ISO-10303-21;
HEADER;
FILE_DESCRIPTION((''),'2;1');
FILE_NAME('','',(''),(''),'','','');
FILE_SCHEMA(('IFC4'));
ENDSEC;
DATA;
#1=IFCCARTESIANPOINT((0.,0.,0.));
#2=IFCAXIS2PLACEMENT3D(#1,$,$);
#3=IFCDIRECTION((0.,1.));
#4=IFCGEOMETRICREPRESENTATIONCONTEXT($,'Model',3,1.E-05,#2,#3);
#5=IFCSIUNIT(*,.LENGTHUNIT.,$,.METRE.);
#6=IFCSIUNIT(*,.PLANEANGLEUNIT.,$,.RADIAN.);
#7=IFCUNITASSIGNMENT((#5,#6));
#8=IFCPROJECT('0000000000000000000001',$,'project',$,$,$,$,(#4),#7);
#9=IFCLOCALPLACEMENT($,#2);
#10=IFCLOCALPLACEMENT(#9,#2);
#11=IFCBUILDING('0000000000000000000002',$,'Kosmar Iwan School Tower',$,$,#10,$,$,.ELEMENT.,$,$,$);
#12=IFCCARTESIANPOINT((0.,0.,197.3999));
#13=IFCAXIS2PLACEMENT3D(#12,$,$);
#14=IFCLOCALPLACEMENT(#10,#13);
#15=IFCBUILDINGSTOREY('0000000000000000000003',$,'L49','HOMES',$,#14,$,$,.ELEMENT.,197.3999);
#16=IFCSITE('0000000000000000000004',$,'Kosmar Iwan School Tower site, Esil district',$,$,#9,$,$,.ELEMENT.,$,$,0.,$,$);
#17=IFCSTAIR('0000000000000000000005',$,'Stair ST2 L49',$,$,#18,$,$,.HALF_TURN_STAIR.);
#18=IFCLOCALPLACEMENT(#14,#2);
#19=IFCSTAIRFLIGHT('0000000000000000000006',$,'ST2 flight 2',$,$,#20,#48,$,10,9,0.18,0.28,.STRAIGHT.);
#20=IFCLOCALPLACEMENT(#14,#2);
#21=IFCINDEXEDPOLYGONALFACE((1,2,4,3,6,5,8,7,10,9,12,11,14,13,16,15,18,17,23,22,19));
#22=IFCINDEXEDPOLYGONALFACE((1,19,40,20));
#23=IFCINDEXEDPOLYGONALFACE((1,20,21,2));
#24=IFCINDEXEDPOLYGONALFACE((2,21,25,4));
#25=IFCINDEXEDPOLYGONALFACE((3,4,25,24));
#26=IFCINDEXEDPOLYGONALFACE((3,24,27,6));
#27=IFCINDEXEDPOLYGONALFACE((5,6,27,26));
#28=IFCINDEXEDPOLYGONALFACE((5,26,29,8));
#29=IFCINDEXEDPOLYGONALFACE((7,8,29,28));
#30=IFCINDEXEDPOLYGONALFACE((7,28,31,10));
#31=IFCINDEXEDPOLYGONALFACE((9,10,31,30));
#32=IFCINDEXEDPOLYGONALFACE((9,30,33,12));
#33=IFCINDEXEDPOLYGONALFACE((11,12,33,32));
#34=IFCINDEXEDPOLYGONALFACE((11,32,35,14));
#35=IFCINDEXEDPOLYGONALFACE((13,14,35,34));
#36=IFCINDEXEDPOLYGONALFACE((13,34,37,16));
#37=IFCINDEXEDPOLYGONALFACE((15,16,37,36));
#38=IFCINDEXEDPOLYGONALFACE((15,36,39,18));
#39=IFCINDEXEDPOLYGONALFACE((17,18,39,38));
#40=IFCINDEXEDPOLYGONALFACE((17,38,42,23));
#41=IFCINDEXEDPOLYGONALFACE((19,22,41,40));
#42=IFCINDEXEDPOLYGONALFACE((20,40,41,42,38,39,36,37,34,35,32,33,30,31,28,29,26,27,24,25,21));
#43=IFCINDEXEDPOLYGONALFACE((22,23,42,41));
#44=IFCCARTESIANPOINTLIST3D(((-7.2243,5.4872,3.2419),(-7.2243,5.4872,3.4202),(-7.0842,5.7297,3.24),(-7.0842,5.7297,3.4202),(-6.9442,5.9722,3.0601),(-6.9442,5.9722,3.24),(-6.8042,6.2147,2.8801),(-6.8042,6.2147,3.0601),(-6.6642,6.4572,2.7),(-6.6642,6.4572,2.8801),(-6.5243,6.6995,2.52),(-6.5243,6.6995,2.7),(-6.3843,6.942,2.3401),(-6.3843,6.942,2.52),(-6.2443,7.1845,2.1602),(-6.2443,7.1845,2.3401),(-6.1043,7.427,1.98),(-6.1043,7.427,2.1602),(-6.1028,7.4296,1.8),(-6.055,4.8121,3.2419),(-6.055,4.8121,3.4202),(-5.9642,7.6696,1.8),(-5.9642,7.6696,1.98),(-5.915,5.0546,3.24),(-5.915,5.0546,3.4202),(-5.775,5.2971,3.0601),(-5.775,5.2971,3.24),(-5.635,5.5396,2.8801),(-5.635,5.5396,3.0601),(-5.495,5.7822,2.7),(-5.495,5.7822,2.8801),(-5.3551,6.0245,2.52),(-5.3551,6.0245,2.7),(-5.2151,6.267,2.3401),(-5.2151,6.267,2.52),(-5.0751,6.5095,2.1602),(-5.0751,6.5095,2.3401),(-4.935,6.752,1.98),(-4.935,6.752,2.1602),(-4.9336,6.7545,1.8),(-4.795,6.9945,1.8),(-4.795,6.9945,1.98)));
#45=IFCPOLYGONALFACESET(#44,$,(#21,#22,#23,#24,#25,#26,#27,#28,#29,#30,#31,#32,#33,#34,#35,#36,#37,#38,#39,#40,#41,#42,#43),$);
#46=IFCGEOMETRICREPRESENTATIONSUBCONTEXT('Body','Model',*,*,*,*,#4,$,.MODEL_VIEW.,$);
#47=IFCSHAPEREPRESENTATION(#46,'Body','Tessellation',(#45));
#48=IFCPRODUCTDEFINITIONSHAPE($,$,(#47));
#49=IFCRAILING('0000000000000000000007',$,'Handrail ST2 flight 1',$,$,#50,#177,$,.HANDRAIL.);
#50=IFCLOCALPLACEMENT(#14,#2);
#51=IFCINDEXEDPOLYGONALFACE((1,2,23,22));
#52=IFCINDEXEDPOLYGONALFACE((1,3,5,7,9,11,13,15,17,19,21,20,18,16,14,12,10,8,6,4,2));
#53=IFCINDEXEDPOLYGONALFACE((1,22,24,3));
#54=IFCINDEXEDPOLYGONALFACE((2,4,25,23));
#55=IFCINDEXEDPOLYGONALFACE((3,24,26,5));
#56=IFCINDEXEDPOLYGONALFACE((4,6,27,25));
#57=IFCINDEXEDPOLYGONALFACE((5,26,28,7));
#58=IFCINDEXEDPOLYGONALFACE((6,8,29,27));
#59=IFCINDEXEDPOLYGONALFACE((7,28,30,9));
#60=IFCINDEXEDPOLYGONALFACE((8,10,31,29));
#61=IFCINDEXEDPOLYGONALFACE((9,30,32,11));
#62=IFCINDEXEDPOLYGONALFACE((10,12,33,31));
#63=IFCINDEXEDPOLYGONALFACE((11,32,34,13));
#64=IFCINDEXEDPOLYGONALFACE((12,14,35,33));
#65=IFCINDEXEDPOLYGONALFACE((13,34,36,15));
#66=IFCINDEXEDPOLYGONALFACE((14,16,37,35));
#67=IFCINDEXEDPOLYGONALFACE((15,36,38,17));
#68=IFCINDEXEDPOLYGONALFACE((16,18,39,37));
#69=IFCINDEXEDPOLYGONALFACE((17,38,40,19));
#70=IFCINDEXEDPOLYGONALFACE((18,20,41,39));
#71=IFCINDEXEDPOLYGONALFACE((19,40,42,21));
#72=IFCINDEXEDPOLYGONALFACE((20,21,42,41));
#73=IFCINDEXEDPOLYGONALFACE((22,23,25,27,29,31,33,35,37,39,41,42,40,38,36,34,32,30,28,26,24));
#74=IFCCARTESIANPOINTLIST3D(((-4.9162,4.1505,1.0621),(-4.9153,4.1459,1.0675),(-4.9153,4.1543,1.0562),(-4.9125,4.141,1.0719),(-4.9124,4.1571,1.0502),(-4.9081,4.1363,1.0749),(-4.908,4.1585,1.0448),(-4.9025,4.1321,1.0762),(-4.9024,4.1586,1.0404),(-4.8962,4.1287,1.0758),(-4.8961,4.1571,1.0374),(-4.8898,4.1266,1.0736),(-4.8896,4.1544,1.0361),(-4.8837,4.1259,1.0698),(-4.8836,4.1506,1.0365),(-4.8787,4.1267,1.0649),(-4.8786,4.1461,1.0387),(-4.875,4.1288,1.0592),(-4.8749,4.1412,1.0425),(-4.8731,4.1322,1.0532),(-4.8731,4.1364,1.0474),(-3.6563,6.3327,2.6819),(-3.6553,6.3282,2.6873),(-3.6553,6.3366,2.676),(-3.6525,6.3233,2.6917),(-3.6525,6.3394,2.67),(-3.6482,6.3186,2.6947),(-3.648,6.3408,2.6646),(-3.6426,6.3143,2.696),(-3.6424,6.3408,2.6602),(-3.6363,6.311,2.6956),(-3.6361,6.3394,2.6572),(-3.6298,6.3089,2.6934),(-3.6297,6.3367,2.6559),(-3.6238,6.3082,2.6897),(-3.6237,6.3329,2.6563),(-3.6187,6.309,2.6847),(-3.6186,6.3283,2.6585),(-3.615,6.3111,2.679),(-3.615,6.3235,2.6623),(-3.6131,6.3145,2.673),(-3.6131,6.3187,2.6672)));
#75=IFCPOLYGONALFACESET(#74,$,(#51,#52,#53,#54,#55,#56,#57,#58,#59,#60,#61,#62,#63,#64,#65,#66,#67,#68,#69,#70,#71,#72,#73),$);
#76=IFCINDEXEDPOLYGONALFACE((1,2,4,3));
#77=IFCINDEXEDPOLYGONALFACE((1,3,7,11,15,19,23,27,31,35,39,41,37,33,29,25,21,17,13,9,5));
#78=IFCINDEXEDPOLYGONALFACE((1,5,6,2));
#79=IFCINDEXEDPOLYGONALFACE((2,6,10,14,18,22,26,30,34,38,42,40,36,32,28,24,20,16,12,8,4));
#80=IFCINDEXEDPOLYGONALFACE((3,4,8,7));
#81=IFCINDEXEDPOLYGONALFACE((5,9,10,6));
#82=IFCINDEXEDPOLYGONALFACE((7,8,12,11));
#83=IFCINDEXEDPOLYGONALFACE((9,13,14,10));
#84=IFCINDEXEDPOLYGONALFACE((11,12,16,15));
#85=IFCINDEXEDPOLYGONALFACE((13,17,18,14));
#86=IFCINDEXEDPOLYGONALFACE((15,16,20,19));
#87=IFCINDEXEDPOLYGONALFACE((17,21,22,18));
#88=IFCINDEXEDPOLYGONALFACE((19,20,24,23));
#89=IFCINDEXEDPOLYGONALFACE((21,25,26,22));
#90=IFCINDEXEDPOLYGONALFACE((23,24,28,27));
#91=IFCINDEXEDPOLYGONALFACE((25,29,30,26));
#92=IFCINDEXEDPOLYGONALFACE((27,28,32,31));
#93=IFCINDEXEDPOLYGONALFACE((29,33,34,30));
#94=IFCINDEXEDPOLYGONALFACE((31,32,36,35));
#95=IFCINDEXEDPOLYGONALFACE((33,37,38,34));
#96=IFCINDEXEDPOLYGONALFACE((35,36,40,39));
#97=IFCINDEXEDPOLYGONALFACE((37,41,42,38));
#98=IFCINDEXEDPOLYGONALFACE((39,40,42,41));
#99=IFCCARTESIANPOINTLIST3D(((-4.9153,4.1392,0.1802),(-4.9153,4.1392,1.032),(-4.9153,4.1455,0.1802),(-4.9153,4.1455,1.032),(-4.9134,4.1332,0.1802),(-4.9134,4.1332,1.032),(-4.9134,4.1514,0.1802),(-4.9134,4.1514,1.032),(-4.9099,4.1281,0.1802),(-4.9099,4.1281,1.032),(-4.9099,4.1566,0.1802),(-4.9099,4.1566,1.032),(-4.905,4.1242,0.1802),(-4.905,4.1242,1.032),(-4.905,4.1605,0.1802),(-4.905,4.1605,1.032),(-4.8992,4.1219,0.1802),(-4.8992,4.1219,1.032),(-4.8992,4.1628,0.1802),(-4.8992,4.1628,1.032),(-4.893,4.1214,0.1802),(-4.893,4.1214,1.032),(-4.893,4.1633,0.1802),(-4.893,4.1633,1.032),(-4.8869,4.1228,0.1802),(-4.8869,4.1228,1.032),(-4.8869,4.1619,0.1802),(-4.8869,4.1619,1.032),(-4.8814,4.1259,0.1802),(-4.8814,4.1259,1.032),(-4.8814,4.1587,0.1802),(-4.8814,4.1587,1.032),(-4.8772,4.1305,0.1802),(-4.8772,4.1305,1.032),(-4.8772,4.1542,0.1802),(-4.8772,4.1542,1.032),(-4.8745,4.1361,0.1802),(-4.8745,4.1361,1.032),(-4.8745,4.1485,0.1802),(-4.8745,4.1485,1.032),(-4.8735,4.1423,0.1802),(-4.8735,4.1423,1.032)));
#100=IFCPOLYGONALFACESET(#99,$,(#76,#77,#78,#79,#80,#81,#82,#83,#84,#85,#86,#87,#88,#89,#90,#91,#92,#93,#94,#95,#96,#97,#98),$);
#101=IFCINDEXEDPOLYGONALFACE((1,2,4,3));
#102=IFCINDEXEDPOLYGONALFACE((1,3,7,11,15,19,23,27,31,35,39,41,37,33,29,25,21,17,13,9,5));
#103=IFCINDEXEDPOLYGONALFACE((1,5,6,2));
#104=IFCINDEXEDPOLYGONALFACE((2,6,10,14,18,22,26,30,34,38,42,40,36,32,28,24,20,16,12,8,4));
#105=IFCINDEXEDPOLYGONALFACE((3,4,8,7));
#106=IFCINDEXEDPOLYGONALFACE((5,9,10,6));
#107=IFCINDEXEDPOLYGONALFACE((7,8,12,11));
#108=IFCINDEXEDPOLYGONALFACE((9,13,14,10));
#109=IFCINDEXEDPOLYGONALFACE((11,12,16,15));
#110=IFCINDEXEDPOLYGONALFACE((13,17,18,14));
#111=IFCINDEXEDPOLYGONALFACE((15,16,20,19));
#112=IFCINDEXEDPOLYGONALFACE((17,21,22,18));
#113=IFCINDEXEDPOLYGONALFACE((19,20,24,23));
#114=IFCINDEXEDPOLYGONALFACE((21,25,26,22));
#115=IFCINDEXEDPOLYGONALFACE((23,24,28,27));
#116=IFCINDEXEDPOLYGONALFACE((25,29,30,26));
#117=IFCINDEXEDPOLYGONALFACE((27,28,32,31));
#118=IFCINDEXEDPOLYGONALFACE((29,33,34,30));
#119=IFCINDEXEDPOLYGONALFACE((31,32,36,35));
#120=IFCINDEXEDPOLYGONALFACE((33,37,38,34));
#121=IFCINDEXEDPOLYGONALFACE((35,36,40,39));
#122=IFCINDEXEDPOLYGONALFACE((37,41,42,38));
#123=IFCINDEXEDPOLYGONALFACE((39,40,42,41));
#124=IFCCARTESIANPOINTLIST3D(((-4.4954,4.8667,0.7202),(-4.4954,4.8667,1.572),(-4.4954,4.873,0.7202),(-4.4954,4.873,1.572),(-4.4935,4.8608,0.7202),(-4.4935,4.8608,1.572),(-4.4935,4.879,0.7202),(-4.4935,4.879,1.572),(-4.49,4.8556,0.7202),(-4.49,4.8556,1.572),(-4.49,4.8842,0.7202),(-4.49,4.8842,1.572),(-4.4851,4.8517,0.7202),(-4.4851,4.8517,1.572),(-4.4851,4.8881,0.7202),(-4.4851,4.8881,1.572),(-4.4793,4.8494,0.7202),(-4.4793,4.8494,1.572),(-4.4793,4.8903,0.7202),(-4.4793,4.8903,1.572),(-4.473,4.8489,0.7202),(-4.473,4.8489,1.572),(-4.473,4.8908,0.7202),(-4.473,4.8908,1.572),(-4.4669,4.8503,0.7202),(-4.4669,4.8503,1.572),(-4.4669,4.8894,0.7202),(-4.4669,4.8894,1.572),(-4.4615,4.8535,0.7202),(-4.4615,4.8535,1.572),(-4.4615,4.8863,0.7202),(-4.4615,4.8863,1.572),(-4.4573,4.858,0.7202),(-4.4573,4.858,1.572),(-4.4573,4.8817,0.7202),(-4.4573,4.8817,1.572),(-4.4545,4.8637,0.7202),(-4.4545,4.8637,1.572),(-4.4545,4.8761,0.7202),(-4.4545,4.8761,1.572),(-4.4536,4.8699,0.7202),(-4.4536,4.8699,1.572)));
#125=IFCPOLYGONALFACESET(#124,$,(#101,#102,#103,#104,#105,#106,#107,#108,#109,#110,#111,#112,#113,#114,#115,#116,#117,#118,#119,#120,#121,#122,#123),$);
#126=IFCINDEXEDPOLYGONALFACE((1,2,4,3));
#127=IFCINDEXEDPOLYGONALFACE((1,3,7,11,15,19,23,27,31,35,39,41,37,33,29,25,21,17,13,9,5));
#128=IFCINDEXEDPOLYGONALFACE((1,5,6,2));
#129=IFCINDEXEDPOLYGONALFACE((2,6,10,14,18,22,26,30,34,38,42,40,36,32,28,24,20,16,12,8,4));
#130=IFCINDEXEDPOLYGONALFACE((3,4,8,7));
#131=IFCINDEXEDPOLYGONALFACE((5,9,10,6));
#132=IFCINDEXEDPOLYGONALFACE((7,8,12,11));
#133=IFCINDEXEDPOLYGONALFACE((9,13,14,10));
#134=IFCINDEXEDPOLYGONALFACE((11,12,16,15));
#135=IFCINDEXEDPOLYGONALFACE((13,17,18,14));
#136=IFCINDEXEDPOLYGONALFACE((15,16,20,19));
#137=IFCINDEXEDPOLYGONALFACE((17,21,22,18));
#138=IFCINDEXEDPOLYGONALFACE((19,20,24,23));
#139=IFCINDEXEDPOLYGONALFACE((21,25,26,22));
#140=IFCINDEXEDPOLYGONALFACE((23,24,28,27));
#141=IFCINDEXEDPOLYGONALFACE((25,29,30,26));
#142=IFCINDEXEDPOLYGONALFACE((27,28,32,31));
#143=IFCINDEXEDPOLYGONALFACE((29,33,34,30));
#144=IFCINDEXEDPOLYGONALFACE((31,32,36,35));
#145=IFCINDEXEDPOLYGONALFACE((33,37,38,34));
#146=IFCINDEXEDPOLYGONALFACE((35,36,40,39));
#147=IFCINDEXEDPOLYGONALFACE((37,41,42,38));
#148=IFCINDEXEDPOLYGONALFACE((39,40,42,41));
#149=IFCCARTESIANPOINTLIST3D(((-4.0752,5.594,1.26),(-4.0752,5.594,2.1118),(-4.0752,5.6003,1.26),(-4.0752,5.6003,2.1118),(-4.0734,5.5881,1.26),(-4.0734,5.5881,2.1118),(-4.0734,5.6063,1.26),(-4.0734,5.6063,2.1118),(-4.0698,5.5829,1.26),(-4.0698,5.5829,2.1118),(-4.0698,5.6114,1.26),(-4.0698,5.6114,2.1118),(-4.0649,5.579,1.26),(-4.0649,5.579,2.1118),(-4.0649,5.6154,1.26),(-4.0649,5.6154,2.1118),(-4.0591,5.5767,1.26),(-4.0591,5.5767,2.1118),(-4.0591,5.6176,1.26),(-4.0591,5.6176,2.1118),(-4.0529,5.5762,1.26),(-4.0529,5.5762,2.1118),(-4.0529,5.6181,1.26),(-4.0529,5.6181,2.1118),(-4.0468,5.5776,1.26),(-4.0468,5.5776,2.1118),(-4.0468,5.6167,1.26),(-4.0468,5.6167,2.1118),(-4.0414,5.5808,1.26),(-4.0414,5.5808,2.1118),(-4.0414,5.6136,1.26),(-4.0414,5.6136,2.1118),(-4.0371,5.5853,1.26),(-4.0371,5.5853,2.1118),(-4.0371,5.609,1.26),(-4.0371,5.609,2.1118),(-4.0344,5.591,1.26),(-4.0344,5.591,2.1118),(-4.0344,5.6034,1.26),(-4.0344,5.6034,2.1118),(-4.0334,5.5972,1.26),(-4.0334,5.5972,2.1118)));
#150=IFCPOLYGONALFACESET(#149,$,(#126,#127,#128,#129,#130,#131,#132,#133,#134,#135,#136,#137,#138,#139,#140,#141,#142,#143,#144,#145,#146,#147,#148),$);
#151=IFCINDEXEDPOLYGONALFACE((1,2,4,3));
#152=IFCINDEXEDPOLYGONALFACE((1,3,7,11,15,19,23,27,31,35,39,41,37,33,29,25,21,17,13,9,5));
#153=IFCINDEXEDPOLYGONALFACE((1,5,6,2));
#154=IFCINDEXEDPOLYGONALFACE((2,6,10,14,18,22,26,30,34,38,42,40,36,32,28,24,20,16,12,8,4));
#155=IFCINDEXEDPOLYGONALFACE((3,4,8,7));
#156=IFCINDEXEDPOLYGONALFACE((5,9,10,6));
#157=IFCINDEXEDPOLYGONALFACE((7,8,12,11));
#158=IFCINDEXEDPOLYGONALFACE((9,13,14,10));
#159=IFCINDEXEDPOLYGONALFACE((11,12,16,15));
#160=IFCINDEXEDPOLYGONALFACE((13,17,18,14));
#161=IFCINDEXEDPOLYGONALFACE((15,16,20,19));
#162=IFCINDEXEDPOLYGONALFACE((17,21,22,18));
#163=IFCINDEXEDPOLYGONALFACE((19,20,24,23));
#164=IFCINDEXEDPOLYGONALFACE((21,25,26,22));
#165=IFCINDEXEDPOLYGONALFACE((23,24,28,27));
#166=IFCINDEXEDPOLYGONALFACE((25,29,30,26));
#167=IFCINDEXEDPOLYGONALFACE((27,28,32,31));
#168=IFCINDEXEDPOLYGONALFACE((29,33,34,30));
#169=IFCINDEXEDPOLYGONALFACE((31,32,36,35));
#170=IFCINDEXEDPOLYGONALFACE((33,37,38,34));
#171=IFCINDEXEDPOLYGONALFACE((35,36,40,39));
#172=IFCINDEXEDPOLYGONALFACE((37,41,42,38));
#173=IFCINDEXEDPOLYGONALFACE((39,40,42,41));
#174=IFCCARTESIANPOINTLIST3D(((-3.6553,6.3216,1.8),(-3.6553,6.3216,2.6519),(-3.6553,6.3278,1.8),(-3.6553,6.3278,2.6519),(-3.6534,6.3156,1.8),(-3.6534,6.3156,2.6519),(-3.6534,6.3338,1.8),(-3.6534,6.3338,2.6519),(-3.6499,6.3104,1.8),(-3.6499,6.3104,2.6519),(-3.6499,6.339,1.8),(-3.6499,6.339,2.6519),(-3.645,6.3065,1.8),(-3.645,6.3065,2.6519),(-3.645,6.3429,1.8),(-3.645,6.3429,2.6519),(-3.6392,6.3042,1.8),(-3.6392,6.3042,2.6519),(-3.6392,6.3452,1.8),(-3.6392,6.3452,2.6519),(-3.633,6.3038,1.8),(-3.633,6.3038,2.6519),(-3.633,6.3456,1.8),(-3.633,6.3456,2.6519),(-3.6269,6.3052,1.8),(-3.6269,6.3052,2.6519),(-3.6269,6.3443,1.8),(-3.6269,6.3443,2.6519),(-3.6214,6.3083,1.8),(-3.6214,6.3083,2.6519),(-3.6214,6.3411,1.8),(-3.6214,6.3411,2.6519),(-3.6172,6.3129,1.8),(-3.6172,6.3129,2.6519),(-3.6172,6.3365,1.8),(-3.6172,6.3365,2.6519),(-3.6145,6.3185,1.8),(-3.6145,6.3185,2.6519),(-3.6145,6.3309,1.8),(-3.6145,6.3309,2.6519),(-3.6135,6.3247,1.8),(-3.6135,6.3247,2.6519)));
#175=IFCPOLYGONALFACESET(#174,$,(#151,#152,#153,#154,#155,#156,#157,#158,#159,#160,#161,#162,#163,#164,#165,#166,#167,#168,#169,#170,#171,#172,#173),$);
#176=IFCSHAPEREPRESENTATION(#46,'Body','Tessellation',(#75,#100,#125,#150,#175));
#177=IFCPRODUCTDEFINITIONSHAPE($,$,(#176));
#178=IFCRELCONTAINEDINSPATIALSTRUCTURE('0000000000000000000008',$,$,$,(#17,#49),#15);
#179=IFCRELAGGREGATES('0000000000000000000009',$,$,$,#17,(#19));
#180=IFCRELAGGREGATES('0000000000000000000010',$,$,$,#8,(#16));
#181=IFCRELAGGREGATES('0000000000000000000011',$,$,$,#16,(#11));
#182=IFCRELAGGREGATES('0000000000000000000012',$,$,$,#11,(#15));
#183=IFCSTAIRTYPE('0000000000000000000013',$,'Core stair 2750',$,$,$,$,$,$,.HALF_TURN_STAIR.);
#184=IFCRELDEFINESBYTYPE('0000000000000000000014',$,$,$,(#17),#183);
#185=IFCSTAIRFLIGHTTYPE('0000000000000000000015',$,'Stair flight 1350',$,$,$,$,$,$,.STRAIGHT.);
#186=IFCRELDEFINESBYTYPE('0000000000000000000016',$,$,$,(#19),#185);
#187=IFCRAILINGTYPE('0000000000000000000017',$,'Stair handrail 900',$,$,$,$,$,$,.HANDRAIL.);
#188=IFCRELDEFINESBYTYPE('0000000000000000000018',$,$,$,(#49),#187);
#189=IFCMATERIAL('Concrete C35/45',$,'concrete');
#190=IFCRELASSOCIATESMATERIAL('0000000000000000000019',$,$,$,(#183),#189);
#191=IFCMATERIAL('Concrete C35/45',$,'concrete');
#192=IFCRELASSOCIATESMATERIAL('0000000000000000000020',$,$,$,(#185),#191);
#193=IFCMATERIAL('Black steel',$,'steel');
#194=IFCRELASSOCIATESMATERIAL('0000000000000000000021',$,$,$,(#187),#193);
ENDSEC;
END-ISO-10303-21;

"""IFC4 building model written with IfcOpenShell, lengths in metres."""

from ifc_helpers import new_model, si_unit, direction, frame, origin, origin_2d, place, context, subcontext, project, spatial, polyline, circle, outline, extrude, material, type_object, element, aggregate, save


model = new_model("IFC4")

# Units and contexts
model_context = context("Model", 3, precision=1e-05, world=origin(), true_north=direction((0.0, 1.0)))
body_context = subcontext(model_context, "Body", "Model", "MODEL_VIEW")
ifc_project = project(units=[si_unit("LENGTHUNIT", "METRE"), si_unit("PLANEANGLEUNIT", "RADIAN")], contexts=[model_context])

# Site, building, storey
site_placement = place(None, origin())
site = spatial("IfcSite", under=ifc_project, at=site_placement, Name="Kosmar Iwan School Tower site, Esil district", CompositionType="ELEMENT", RefElevation=0.0)
building_placement = place(site_placement, origin())
building = spatial("IfcBuilding", under=site, at=building_placement, Name="Kosmar Iwan School Tower", CompositionType="ELEMENT")
storey_placement = place(building_placement, frame((0.0, 0.0, 197.3999)))
storey = spatial("IfcBuildingStorey", under=building, at=storey_placement, Name="L49", Description="HOMES", CompositionType="ELEMENT", Elevation=197.3999)

# Stair, stair flight
ifc_material_1 = material(Name="Concrete C35/45", Category="concrete")
stair_type = type_object("IfcStairType", Name="Core stair 2750", PredefinedType="HALF_TURN_STAIR", material=ifc_material_1)
stair_placement = place(storey_placement, origin())
stair = element("IfcStair", 1, at=stair_placement, inside=storey, type_object=stair_type, Name="Stair ST2 L49", PredefinedType="HALF_TURN_STAIR")
ifc_material_2 = material(Name="Concrete C35/45", Category="concrete")
stair_flight_type = type_object("IfcStairFlightType", Name="Stair flight 1350", PredefinedType="STRAIGHT", material=ifc_material_2)
stair_flight_1_placement = place(storey_placement, frame((-5.3796, 7.332, 1.8), z_axis=(0.0, 0.0, 1.0), x_axis=(-0.5, -0.866025, 0.0)))
stair_flight_1 = element("IfcStairFlight", 2, at=stair_flight_1_placement, type_object=stair_flight_type, Name="ST2 flight 2", NumberOfRisers=10, NumberOfTreads=9, PredefinedType="STRAIGHT", RiserHeight=0.18, TreadLength=0.28, context=body_context, shape_type="SweptSolid", body=[
    extrude(outline(polyline([(0.0, 0.0), (0.0, 0.1799), (0.28, 0.1799), (0.28, 0.3601), (0.5601, 0.3601), (0.5601, 0.54), (0.8401, 0.54), (0.8401, 0.72), (1.1201, 0.72), (1.1201, 0.8999), (1.3999, 0.8999), (1.3999, 1.0801), (1.6799, 1.0801), (1.6799, 1.26), (1.96, 1.26), (1.96, 1.4399), (2.24, 1.4399), (2.24, 1.6201), (2.52, 1.6201), (2.52, 1.8), (2.52, 1.4419), (0.2771, 0.0), (0.0, 0.0)])), frame((0.0, 0.675, 0.0), z_axis=(0.0, -1.0, 0.0), x_axis=(1.0, 0.0, 0.0)), (0.0, 0.0, 1.0), 1.3501),
])
aggregate(stair, [stair_flight_1])

# Railing
ifc_material_3 = material(Name="Black steel", Category="steel")
railing_type = type_object("IfcRailingType", Name="Stair handrail 900", PredefinedType="HANDRAIL", material=ifc_material_3)
railing_1_placement = place(storey_placement, frame((-4.8945, 4.1423, 0.1802)))
element("IfcRailing", 3, at=railing_1_placement, inside=storey, type_object=railing_type, Name="Handrail ST2 flight 1", PredefinedType="HANDRAIL", context=body_context, shape_type="SweptSolid", body=[
    extrude(circle(Radius=0.0239, at=origin_2d()), frame((0.0, 0.0, 0.876), z_axis=(0.420603, 0.728496, 0.540728), x_axis=(-0.866023, 0.500005, 0.0)), (0.0, 0.0, 1.0), 2.9956),
    extrude(circle(Radius=0.021, at=origin_2d()), origin(), (0.0, 0.0, 1.0), 0.8518),
    extrude(circle(Radius=0.021, at=origin_2d()), frame((0.4199, 0.7275, 0.54)), (0.0, 0.0, 1.0), 0.8518),
    extrude(circle(Radius=0.021, at=origin_2d()), frame((0.8401, 1.4548, 1.0798)), (0.0, 0.0, 1.0), 0.8518),
    extrude(circle(Radius=0.021, at=origin_2d()), frame((1.26, 2.1824, 1.6199)), (0.0, 0.0, 1.0), 0.8518),
])

save(model, "model.ifc")
